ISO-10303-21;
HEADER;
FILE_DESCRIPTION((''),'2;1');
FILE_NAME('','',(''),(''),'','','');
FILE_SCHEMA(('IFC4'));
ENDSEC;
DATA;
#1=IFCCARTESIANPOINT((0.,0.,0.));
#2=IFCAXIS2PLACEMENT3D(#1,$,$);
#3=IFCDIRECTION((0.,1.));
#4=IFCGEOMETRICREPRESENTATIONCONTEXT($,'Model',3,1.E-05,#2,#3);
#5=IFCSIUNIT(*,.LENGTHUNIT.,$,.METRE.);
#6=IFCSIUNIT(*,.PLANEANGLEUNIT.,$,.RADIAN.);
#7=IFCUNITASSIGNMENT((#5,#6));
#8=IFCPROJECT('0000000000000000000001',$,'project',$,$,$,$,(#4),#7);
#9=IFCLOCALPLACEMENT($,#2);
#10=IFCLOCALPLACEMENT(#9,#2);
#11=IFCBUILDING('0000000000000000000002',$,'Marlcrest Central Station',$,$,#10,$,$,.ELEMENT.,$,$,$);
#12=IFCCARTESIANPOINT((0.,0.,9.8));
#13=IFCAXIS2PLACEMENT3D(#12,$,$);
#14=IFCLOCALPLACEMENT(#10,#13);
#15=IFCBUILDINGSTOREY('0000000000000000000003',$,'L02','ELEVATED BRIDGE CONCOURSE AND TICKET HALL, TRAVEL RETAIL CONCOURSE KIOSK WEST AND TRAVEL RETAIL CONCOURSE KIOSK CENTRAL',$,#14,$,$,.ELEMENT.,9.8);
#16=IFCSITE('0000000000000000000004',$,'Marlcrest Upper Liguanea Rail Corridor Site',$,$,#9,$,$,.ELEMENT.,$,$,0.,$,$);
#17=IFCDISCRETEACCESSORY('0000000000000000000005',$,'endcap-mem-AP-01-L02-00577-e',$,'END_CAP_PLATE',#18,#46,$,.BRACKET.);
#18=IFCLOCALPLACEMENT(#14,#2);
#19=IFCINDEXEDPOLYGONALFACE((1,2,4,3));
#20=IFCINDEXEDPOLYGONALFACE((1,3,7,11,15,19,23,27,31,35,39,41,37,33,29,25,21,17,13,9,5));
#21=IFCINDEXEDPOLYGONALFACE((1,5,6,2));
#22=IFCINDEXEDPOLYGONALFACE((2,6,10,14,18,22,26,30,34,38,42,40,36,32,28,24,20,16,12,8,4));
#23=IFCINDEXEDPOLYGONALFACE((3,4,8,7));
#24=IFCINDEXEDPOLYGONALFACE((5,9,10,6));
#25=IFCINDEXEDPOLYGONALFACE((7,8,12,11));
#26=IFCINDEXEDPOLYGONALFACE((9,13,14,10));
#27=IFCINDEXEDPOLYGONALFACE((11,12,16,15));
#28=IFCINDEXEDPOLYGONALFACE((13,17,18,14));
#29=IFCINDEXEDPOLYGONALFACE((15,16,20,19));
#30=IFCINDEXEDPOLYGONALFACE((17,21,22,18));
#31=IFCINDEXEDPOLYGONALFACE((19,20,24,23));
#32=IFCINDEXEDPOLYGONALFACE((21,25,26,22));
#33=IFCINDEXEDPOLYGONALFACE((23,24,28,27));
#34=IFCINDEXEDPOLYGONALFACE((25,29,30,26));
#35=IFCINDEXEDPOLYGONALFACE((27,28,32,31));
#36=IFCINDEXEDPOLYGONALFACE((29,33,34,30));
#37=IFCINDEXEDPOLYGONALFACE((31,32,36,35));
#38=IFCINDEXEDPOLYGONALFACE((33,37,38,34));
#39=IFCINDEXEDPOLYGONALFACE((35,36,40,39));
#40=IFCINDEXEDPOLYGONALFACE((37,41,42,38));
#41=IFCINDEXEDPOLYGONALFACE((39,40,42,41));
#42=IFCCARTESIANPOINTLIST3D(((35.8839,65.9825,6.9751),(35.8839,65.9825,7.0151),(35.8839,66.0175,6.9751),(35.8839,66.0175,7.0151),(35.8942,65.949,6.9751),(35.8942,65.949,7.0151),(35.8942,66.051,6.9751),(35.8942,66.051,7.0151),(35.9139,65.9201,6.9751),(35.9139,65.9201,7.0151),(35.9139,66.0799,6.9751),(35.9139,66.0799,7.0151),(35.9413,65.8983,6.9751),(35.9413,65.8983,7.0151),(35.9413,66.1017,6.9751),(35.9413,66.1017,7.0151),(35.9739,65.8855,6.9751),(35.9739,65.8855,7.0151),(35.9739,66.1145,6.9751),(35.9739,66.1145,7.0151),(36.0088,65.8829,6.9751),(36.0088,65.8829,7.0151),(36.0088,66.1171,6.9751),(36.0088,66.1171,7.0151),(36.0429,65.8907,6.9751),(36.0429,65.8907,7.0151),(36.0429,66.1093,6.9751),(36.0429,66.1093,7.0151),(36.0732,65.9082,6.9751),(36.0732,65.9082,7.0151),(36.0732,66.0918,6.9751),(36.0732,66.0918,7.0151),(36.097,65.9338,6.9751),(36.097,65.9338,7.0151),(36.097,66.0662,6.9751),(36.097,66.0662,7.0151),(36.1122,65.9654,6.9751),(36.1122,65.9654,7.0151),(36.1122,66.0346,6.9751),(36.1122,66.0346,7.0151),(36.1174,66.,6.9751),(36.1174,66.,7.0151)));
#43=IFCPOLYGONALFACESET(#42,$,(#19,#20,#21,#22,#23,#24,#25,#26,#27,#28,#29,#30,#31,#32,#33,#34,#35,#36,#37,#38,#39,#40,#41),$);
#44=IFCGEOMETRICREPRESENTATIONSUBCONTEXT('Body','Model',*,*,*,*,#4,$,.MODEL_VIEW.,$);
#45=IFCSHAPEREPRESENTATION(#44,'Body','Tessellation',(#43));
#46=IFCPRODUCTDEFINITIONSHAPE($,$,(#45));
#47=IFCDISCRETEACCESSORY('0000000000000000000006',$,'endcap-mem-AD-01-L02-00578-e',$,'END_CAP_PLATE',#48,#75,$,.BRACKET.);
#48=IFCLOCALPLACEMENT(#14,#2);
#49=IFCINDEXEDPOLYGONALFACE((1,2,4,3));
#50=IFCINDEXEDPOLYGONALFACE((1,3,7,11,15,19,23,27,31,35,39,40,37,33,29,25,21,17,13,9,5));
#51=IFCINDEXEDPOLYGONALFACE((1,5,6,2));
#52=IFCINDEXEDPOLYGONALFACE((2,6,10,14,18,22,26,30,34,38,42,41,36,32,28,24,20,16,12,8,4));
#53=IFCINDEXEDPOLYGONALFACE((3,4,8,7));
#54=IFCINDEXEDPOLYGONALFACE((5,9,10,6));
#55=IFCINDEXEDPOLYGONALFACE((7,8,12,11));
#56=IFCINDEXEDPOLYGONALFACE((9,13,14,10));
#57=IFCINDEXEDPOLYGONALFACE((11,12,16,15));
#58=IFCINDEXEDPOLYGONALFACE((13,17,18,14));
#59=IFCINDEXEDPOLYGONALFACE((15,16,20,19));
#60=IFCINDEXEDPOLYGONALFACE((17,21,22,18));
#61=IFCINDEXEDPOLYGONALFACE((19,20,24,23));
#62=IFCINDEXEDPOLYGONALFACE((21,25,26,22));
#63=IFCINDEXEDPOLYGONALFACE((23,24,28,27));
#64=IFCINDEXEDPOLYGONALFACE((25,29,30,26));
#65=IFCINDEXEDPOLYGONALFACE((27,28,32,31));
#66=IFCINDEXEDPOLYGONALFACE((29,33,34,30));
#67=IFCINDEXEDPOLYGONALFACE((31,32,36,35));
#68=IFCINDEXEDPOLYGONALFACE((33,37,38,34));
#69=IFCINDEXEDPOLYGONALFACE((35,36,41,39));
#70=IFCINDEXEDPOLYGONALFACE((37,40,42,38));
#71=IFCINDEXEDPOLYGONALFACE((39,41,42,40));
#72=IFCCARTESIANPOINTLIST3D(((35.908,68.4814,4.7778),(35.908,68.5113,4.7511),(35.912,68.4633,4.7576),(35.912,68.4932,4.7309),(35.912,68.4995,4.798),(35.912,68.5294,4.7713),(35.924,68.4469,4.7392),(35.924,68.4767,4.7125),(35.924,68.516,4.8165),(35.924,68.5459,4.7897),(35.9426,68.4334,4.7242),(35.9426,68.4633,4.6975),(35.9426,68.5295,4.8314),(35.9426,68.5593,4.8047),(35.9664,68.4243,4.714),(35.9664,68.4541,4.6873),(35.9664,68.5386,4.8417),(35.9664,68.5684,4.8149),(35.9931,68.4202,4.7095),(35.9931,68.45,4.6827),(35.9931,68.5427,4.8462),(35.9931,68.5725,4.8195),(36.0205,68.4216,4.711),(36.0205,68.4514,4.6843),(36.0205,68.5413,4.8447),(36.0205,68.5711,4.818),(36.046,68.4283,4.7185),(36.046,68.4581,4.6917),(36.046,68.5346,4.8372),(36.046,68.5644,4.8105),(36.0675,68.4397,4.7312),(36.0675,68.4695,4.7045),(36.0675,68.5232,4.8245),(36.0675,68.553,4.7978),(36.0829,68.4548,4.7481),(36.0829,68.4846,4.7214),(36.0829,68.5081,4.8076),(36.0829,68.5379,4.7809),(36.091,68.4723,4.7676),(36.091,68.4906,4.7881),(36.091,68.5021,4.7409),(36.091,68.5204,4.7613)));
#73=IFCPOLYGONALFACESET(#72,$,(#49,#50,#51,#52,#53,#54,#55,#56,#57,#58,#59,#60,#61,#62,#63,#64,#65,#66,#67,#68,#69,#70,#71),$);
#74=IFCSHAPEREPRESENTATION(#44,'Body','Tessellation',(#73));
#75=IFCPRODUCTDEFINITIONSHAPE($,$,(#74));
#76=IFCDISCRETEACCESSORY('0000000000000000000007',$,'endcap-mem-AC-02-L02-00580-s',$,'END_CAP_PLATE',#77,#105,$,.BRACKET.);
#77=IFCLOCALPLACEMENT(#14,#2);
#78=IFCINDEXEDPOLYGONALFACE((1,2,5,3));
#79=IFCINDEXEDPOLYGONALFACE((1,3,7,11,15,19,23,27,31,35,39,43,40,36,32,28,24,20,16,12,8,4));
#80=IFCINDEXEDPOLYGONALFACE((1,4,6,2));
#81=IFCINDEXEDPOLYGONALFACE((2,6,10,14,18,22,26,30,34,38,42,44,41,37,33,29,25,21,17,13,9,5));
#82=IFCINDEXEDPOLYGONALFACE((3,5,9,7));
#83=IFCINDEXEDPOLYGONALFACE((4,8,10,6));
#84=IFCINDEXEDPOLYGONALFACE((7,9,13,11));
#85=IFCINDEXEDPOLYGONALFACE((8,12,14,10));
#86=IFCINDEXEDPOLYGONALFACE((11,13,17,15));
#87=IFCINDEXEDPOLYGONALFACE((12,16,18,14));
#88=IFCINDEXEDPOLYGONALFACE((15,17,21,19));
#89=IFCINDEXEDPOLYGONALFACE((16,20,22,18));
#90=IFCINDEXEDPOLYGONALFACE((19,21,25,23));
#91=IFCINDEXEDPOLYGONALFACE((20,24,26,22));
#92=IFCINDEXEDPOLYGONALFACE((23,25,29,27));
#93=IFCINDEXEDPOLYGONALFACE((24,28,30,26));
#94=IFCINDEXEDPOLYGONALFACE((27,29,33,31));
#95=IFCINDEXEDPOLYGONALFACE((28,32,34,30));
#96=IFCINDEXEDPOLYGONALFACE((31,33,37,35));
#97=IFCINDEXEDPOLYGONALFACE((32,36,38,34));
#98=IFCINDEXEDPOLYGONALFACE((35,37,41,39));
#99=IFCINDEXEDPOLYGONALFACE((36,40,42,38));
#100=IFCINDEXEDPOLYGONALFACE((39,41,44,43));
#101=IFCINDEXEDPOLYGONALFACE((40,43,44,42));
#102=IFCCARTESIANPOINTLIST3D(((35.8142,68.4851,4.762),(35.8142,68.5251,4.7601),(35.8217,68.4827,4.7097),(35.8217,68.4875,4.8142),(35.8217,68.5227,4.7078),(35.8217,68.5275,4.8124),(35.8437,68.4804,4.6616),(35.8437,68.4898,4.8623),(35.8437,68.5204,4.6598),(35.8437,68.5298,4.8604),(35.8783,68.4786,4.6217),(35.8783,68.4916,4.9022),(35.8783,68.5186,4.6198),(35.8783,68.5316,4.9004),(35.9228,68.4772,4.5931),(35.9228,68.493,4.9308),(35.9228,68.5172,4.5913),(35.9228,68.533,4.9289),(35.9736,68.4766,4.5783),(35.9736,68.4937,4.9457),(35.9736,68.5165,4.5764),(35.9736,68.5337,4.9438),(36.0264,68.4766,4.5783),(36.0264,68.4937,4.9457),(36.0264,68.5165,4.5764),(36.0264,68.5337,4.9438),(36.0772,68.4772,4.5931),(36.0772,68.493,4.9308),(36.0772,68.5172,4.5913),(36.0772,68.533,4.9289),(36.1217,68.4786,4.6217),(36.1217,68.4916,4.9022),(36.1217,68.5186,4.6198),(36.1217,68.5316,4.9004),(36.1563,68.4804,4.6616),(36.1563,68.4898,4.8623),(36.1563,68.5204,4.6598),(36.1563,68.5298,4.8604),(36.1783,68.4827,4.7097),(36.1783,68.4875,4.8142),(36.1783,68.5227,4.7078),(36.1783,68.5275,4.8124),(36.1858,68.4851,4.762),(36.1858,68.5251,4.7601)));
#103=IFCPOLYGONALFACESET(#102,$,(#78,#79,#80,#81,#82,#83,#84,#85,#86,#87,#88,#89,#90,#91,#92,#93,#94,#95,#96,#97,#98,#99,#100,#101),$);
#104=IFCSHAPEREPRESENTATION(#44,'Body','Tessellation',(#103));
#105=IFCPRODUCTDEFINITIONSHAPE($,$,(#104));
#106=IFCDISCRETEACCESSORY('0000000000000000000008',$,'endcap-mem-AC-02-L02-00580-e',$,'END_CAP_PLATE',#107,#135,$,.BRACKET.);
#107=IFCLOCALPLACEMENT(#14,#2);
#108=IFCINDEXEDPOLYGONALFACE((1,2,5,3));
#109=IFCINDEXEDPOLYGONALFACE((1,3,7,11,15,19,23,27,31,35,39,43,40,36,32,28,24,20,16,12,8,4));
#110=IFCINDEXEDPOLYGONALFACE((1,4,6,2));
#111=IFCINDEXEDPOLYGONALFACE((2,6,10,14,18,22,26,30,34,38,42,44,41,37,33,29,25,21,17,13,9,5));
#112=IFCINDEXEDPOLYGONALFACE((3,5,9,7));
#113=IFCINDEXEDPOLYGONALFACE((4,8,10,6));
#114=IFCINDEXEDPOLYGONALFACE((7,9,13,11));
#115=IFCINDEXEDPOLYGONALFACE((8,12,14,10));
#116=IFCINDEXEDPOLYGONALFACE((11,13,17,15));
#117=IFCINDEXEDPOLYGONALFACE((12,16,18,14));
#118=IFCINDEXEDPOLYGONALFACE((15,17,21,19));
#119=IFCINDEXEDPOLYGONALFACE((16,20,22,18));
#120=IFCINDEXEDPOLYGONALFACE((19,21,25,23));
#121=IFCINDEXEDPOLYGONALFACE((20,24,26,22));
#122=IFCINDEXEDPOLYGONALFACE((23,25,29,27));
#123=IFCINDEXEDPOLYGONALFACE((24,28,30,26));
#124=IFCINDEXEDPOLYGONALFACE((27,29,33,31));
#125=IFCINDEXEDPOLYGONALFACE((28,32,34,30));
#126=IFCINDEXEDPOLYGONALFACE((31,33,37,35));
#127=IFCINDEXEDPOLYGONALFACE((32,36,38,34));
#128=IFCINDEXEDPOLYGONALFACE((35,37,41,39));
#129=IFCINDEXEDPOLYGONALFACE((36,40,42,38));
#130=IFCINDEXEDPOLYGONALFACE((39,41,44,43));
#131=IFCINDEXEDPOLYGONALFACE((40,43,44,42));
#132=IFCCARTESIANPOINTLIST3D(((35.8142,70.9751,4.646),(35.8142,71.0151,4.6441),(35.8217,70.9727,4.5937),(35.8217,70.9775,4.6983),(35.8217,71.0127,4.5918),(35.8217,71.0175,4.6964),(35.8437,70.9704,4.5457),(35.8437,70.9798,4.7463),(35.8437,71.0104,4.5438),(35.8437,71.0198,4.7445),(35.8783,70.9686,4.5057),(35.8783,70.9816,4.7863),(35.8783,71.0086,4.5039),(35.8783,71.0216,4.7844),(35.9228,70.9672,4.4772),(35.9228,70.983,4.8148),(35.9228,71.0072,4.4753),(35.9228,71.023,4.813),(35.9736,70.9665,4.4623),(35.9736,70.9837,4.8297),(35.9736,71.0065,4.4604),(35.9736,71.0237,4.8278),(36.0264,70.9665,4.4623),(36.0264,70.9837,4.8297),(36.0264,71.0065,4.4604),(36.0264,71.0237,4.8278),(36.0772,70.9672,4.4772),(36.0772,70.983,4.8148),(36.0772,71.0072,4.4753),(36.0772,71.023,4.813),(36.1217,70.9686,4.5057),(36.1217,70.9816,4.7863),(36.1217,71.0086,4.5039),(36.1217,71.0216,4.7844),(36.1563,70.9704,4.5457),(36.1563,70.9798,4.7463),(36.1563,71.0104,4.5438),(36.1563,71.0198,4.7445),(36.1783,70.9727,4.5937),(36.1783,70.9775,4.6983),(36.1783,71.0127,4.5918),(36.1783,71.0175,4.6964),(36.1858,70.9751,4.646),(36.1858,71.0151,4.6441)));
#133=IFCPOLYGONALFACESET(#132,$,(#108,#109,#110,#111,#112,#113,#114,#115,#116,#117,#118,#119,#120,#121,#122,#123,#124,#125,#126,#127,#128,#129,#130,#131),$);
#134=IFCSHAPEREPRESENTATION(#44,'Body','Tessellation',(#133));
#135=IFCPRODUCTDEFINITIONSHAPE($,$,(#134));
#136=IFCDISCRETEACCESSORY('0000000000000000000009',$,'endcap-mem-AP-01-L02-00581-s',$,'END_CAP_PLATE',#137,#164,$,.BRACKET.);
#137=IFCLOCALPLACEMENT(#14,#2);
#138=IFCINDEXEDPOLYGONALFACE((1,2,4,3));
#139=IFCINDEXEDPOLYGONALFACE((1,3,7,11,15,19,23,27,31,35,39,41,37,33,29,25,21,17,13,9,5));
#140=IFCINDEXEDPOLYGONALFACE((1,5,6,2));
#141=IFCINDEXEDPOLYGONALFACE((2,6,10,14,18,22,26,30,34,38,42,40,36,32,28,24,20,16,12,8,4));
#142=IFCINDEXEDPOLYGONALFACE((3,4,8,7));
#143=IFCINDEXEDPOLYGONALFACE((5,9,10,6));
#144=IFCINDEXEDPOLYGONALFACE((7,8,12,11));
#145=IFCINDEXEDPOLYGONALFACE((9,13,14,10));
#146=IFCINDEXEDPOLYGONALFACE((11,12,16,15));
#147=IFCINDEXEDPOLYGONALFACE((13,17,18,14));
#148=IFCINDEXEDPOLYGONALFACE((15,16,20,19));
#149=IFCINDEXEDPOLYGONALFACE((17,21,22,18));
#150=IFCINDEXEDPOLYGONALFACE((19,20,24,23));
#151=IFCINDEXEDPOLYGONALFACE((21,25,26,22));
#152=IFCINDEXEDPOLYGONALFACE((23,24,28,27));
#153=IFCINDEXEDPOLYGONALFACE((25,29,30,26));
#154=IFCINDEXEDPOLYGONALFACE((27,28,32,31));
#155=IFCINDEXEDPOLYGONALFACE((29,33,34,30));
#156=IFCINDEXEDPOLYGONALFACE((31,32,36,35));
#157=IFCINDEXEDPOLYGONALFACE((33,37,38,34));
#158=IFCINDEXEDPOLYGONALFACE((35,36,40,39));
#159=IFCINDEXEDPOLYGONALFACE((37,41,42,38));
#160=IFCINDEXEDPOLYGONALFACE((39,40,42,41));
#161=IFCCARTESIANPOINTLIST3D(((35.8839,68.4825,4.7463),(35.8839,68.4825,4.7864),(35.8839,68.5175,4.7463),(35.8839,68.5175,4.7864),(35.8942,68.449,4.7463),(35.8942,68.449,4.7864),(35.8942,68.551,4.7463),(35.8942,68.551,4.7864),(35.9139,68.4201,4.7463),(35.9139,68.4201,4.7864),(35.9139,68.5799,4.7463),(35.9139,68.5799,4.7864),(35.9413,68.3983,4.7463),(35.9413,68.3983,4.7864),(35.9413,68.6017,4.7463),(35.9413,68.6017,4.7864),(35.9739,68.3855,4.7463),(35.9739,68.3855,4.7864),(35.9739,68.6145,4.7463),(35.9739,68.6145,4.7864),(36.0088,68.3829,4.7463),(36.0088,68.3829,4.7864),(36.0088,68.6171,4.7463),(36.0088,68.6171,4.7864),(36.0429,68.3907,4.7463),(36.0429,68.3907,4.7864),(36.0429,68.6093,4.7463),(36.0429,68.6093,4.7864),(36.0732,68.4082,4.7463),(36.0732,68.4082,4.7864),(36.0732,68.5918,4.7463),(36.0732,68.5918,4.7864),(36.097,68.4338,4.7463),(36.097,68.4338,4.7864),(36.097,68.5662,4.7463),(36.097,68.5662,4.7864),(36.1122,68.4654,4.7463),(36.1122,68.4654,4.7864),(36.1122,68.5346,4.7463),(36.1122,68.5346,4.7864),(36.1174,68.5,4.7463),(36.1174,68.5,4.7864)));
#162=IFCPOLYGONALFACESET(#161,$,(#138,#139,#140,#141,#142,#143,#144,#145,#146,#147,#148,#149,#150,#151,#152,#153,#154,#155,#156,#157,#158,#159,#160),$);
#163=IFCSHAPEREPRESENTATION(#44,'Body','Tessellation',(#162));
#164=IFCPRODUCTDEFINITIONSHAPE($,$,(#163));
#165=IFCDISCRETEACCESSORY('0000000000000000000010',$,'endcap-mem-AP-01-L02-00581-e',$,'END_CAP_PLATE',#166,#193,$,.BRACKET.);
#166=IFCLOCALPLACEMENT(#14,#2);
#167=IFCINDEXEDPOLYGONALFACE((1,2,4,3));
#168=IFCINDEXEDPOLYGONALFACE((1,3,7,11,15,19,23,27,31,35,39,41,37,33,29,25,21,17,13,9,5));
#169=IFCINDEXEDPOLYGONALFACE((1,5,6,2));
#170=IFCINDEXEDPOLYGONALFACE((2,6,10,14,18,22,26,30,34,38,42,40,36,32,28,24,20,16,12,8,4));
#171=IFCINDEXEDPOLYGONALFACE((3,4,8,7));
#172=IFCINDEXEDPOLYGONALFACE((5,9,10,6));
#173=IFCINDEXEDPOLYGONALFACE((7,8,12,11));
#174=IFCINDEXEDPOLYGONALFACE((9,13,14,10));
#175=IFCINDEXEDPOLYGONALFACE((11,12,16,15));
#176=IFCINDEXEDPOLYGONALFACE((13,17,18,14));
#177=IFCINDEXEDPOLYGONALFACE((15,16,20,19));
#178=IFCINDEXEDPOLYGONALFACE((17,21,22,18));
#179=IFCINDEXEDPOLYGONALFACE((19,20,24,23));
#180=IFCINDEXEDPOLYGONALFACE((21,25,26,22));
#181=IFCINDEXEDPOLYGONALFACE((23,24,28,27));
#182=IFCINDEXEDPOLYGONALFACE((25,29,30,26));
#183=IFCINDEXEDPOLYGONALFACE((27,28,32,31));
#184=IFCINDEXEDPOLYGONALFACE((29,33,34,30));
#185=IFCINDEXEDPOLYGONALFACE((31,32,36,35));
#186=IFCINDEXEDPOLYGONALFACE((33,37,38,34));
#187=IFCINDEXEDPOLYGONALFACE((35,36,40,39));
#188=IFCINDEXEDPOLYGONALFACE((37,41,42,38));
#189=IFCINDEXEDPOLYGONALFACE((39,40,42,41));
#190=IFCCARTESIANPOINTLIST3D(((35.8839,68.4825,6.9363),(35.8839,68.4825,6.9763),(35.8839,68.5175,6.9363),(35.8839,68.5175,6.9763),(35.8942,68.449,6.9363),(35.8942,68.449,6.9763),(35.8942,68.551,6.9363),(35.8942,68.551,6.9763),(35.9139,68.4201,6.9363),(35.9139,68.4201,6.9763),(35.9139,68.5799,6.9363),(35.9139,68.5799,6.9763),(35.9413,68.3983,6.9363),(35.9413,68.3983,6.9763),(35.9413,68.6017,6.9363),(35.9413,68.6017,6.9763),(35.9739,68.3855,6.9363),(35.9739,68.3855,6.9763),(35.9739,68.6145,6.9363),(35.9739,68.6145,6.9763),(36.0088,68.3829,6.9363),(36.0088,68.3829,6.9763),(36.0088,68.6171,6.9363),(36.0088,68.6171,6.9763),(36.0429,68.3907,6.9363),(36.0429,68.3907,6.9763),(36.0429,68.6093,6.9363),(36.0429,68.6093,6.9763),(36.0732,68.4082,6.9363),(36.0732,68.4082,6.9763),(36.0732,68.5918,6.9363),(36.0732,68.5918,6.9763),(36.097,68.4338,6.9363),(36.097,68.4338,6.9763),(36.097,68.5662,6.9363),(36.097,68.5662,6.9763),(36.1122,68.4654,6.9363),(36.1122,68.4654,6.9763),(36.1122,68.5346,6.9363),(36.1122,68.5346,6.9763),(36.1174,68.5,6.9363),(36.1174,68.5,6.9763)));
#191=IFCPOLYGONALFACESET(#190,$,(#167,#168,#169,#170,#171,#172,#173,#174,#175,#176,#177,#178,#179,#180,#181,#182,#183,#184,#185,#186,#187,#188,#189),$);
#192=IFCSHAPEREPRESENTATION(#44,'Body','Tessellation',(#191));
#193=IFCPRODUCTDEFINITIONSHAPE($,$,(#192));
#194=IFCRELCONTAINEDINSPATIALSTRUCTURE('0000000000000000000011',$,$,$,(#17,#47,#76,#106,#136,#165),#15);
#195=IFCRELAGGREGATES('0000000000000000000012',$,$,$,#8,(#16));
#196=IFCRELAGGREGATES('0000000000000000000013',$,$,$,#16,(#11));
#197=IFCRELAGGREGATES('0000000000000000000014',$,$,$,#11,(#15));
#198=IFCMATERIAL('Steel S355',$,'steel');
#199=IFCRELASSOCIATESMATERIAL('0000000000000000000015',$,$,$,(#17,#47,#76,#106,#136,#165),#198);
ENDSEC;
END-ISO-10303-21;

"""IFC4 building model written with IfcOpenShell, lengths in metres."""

from ifc_helpers import new_model, si_unit, direction, frame, origin, origin_2d, place, context, subcontext, project, spatial, circle, extrude, material, element, save


model = new_model("IFC4")

# Units and contexts
model_context = context("Model", 3, precision=1e-05, world=origin(), true_north=direction((0.0, 1.0)))
body_context = subcontext(model_context, "Body", "Model", "MODEL_VIEW")
ifc_project = project(units=[si_unit("LENGTHUNIT", "METRE"), si_unit("PLANEANGLEUNIT", "RADIAN")], contexts=[model_context])

# Site, building, storey
site_placement = place(None, origin())
site = spatial("IfcSite", under=ifc_project, at=site_placement, Name="Marlcrest Upper Liguanea Rail Corridor Site", CompositionType="ELEMENT", RefElevation=0.0)
building_placement = place(site_placement, origin())
building = spatial("IfcBuilding", under=site, at=building_placement, Name="Marlcrest Central Station", CompositionType="ELEMENT")
storey_placement = place(building_placement, frame((0.0, 0.0, 9.8)))
storey = spatial("IfcBuildingStorey", under=building, at=storey_placement, Name="L02", Description="ELEVATED BRIDGE CONCOURSE AND TICKET HALL, TRAVEL RETAIL CONCOURSE KIOSK WEST AND TRAVEL RETAIL CONCOURSE KIOSK CENTRAL", CompositionType="ELEMENT", Elevation=9.8)

# Shared definitions
ifc_material = material(Name="Steel S355", Category="steel")

# Discrete accessories
for number, where, z_axis, x_axis, name in (
    (1, (36.0, 66.0, 6.9751), (0.0, 0.0, 1.0), (1.0, 0.0, 0.0), "endcap-mem-AP-01-L02-00577-e"),
):
    element("IfcDiscreteAccessory", number, at=place(storey_placement, frame(where, z_axis=z_axis, x_axis=x_axis)), inside=storey, material=ifc_material, Name=name, ObjectType="END_CAP_PLATE", PredefinedType="BRACKET", context=body_context, shape_type="SweptSolid", body=[
        extrude(circle(Radius=0.1174, at=origin_2d()), origin(), (0.0, 0.0, 1.0), 0.04),
    ])
discrete_accessory_1_placement = place(storey_placement, frame((36.0, 68.4814, 4.7778), z_axis=(0.0, 0.744956, -0.667114), x_axis=(-1.0, 0.0, 0.0)))
element("IfcDiscreteAccessory", 2, at=discrete_accessory_1_placement, inside=storey, material=ifc_material, Name="endcap-mem-AD-01-L02-00578-e", ObjectType="END_CAP_PLATE", PredefinedType="BRACKET", context=body_context, shape_type="SweptSolid", body=[
    extrude(circle(Radius=0.092, at=origin_2d()), origin(), (0.0, 0.0, 1.0), 0.04),
])
for number, where, z_axis, x_axis, name in (
    (3, (36.0, 68.4851, 4.762), (0.0, 0.998917, -0.046532), (-1.0, 0.0, 0.0), "endcap-mem-AC-02-L02-00580-s"),
    (4, (36.0, 70.9751, 4.646), (0.0, 0.998917, -0.046532), (-1.0, 0.0, 0.0), "endcap-mem-AC-02-L02-00580-e"),
):
    element("IfcDiscreteAccessory", number, at=place(storey_placement, frame(where, z_axis=z_axis, x_axis=x_axis)), inside=storey, material=ifc_material, Name=name, ObjectType="END_CAP_PLATE", PredefinedType="BRACKET", context=body_context, shape_type="SweptSolid", body=[
        extrude(circle(Radius=0.1858, at=origin_2d()), origin(), (0.0, 0.0, 1.0), 0.04),
    ])
for number, where, z_axis, x_axis, name in (
    (5, (36.0, 68.5, 4.7463), (0.0, 0.0, 1.0), (1.0, 0.0, 0.0), "endcap-mem-AP-01-L02-00581-s"),
    (6, (36.0, 68.5, 6.9363), (0.0, 0.0, 1.0), (1.0, 0.0, 0.0), "endcap-mem-AP-01-L02-00581-e"),
):
    element("IfcDiscreteAccessory", number, at=place(storey_placement, frame(where, z_axis=z_axis, x_axis=x_axis)), inside=storey, material=ifc_material, Name=name, ObjectType="END_CAP_PLATE", PredefinedType="BRACKET", context=body_context, shape_type="SweptSolid", body=[
        extrude(circle(Radius=0.1174, at=origin_2d()), origin(), (0.0, 0.0, 1.0), 0.04),
    ])

save(model, "model.ifc")
